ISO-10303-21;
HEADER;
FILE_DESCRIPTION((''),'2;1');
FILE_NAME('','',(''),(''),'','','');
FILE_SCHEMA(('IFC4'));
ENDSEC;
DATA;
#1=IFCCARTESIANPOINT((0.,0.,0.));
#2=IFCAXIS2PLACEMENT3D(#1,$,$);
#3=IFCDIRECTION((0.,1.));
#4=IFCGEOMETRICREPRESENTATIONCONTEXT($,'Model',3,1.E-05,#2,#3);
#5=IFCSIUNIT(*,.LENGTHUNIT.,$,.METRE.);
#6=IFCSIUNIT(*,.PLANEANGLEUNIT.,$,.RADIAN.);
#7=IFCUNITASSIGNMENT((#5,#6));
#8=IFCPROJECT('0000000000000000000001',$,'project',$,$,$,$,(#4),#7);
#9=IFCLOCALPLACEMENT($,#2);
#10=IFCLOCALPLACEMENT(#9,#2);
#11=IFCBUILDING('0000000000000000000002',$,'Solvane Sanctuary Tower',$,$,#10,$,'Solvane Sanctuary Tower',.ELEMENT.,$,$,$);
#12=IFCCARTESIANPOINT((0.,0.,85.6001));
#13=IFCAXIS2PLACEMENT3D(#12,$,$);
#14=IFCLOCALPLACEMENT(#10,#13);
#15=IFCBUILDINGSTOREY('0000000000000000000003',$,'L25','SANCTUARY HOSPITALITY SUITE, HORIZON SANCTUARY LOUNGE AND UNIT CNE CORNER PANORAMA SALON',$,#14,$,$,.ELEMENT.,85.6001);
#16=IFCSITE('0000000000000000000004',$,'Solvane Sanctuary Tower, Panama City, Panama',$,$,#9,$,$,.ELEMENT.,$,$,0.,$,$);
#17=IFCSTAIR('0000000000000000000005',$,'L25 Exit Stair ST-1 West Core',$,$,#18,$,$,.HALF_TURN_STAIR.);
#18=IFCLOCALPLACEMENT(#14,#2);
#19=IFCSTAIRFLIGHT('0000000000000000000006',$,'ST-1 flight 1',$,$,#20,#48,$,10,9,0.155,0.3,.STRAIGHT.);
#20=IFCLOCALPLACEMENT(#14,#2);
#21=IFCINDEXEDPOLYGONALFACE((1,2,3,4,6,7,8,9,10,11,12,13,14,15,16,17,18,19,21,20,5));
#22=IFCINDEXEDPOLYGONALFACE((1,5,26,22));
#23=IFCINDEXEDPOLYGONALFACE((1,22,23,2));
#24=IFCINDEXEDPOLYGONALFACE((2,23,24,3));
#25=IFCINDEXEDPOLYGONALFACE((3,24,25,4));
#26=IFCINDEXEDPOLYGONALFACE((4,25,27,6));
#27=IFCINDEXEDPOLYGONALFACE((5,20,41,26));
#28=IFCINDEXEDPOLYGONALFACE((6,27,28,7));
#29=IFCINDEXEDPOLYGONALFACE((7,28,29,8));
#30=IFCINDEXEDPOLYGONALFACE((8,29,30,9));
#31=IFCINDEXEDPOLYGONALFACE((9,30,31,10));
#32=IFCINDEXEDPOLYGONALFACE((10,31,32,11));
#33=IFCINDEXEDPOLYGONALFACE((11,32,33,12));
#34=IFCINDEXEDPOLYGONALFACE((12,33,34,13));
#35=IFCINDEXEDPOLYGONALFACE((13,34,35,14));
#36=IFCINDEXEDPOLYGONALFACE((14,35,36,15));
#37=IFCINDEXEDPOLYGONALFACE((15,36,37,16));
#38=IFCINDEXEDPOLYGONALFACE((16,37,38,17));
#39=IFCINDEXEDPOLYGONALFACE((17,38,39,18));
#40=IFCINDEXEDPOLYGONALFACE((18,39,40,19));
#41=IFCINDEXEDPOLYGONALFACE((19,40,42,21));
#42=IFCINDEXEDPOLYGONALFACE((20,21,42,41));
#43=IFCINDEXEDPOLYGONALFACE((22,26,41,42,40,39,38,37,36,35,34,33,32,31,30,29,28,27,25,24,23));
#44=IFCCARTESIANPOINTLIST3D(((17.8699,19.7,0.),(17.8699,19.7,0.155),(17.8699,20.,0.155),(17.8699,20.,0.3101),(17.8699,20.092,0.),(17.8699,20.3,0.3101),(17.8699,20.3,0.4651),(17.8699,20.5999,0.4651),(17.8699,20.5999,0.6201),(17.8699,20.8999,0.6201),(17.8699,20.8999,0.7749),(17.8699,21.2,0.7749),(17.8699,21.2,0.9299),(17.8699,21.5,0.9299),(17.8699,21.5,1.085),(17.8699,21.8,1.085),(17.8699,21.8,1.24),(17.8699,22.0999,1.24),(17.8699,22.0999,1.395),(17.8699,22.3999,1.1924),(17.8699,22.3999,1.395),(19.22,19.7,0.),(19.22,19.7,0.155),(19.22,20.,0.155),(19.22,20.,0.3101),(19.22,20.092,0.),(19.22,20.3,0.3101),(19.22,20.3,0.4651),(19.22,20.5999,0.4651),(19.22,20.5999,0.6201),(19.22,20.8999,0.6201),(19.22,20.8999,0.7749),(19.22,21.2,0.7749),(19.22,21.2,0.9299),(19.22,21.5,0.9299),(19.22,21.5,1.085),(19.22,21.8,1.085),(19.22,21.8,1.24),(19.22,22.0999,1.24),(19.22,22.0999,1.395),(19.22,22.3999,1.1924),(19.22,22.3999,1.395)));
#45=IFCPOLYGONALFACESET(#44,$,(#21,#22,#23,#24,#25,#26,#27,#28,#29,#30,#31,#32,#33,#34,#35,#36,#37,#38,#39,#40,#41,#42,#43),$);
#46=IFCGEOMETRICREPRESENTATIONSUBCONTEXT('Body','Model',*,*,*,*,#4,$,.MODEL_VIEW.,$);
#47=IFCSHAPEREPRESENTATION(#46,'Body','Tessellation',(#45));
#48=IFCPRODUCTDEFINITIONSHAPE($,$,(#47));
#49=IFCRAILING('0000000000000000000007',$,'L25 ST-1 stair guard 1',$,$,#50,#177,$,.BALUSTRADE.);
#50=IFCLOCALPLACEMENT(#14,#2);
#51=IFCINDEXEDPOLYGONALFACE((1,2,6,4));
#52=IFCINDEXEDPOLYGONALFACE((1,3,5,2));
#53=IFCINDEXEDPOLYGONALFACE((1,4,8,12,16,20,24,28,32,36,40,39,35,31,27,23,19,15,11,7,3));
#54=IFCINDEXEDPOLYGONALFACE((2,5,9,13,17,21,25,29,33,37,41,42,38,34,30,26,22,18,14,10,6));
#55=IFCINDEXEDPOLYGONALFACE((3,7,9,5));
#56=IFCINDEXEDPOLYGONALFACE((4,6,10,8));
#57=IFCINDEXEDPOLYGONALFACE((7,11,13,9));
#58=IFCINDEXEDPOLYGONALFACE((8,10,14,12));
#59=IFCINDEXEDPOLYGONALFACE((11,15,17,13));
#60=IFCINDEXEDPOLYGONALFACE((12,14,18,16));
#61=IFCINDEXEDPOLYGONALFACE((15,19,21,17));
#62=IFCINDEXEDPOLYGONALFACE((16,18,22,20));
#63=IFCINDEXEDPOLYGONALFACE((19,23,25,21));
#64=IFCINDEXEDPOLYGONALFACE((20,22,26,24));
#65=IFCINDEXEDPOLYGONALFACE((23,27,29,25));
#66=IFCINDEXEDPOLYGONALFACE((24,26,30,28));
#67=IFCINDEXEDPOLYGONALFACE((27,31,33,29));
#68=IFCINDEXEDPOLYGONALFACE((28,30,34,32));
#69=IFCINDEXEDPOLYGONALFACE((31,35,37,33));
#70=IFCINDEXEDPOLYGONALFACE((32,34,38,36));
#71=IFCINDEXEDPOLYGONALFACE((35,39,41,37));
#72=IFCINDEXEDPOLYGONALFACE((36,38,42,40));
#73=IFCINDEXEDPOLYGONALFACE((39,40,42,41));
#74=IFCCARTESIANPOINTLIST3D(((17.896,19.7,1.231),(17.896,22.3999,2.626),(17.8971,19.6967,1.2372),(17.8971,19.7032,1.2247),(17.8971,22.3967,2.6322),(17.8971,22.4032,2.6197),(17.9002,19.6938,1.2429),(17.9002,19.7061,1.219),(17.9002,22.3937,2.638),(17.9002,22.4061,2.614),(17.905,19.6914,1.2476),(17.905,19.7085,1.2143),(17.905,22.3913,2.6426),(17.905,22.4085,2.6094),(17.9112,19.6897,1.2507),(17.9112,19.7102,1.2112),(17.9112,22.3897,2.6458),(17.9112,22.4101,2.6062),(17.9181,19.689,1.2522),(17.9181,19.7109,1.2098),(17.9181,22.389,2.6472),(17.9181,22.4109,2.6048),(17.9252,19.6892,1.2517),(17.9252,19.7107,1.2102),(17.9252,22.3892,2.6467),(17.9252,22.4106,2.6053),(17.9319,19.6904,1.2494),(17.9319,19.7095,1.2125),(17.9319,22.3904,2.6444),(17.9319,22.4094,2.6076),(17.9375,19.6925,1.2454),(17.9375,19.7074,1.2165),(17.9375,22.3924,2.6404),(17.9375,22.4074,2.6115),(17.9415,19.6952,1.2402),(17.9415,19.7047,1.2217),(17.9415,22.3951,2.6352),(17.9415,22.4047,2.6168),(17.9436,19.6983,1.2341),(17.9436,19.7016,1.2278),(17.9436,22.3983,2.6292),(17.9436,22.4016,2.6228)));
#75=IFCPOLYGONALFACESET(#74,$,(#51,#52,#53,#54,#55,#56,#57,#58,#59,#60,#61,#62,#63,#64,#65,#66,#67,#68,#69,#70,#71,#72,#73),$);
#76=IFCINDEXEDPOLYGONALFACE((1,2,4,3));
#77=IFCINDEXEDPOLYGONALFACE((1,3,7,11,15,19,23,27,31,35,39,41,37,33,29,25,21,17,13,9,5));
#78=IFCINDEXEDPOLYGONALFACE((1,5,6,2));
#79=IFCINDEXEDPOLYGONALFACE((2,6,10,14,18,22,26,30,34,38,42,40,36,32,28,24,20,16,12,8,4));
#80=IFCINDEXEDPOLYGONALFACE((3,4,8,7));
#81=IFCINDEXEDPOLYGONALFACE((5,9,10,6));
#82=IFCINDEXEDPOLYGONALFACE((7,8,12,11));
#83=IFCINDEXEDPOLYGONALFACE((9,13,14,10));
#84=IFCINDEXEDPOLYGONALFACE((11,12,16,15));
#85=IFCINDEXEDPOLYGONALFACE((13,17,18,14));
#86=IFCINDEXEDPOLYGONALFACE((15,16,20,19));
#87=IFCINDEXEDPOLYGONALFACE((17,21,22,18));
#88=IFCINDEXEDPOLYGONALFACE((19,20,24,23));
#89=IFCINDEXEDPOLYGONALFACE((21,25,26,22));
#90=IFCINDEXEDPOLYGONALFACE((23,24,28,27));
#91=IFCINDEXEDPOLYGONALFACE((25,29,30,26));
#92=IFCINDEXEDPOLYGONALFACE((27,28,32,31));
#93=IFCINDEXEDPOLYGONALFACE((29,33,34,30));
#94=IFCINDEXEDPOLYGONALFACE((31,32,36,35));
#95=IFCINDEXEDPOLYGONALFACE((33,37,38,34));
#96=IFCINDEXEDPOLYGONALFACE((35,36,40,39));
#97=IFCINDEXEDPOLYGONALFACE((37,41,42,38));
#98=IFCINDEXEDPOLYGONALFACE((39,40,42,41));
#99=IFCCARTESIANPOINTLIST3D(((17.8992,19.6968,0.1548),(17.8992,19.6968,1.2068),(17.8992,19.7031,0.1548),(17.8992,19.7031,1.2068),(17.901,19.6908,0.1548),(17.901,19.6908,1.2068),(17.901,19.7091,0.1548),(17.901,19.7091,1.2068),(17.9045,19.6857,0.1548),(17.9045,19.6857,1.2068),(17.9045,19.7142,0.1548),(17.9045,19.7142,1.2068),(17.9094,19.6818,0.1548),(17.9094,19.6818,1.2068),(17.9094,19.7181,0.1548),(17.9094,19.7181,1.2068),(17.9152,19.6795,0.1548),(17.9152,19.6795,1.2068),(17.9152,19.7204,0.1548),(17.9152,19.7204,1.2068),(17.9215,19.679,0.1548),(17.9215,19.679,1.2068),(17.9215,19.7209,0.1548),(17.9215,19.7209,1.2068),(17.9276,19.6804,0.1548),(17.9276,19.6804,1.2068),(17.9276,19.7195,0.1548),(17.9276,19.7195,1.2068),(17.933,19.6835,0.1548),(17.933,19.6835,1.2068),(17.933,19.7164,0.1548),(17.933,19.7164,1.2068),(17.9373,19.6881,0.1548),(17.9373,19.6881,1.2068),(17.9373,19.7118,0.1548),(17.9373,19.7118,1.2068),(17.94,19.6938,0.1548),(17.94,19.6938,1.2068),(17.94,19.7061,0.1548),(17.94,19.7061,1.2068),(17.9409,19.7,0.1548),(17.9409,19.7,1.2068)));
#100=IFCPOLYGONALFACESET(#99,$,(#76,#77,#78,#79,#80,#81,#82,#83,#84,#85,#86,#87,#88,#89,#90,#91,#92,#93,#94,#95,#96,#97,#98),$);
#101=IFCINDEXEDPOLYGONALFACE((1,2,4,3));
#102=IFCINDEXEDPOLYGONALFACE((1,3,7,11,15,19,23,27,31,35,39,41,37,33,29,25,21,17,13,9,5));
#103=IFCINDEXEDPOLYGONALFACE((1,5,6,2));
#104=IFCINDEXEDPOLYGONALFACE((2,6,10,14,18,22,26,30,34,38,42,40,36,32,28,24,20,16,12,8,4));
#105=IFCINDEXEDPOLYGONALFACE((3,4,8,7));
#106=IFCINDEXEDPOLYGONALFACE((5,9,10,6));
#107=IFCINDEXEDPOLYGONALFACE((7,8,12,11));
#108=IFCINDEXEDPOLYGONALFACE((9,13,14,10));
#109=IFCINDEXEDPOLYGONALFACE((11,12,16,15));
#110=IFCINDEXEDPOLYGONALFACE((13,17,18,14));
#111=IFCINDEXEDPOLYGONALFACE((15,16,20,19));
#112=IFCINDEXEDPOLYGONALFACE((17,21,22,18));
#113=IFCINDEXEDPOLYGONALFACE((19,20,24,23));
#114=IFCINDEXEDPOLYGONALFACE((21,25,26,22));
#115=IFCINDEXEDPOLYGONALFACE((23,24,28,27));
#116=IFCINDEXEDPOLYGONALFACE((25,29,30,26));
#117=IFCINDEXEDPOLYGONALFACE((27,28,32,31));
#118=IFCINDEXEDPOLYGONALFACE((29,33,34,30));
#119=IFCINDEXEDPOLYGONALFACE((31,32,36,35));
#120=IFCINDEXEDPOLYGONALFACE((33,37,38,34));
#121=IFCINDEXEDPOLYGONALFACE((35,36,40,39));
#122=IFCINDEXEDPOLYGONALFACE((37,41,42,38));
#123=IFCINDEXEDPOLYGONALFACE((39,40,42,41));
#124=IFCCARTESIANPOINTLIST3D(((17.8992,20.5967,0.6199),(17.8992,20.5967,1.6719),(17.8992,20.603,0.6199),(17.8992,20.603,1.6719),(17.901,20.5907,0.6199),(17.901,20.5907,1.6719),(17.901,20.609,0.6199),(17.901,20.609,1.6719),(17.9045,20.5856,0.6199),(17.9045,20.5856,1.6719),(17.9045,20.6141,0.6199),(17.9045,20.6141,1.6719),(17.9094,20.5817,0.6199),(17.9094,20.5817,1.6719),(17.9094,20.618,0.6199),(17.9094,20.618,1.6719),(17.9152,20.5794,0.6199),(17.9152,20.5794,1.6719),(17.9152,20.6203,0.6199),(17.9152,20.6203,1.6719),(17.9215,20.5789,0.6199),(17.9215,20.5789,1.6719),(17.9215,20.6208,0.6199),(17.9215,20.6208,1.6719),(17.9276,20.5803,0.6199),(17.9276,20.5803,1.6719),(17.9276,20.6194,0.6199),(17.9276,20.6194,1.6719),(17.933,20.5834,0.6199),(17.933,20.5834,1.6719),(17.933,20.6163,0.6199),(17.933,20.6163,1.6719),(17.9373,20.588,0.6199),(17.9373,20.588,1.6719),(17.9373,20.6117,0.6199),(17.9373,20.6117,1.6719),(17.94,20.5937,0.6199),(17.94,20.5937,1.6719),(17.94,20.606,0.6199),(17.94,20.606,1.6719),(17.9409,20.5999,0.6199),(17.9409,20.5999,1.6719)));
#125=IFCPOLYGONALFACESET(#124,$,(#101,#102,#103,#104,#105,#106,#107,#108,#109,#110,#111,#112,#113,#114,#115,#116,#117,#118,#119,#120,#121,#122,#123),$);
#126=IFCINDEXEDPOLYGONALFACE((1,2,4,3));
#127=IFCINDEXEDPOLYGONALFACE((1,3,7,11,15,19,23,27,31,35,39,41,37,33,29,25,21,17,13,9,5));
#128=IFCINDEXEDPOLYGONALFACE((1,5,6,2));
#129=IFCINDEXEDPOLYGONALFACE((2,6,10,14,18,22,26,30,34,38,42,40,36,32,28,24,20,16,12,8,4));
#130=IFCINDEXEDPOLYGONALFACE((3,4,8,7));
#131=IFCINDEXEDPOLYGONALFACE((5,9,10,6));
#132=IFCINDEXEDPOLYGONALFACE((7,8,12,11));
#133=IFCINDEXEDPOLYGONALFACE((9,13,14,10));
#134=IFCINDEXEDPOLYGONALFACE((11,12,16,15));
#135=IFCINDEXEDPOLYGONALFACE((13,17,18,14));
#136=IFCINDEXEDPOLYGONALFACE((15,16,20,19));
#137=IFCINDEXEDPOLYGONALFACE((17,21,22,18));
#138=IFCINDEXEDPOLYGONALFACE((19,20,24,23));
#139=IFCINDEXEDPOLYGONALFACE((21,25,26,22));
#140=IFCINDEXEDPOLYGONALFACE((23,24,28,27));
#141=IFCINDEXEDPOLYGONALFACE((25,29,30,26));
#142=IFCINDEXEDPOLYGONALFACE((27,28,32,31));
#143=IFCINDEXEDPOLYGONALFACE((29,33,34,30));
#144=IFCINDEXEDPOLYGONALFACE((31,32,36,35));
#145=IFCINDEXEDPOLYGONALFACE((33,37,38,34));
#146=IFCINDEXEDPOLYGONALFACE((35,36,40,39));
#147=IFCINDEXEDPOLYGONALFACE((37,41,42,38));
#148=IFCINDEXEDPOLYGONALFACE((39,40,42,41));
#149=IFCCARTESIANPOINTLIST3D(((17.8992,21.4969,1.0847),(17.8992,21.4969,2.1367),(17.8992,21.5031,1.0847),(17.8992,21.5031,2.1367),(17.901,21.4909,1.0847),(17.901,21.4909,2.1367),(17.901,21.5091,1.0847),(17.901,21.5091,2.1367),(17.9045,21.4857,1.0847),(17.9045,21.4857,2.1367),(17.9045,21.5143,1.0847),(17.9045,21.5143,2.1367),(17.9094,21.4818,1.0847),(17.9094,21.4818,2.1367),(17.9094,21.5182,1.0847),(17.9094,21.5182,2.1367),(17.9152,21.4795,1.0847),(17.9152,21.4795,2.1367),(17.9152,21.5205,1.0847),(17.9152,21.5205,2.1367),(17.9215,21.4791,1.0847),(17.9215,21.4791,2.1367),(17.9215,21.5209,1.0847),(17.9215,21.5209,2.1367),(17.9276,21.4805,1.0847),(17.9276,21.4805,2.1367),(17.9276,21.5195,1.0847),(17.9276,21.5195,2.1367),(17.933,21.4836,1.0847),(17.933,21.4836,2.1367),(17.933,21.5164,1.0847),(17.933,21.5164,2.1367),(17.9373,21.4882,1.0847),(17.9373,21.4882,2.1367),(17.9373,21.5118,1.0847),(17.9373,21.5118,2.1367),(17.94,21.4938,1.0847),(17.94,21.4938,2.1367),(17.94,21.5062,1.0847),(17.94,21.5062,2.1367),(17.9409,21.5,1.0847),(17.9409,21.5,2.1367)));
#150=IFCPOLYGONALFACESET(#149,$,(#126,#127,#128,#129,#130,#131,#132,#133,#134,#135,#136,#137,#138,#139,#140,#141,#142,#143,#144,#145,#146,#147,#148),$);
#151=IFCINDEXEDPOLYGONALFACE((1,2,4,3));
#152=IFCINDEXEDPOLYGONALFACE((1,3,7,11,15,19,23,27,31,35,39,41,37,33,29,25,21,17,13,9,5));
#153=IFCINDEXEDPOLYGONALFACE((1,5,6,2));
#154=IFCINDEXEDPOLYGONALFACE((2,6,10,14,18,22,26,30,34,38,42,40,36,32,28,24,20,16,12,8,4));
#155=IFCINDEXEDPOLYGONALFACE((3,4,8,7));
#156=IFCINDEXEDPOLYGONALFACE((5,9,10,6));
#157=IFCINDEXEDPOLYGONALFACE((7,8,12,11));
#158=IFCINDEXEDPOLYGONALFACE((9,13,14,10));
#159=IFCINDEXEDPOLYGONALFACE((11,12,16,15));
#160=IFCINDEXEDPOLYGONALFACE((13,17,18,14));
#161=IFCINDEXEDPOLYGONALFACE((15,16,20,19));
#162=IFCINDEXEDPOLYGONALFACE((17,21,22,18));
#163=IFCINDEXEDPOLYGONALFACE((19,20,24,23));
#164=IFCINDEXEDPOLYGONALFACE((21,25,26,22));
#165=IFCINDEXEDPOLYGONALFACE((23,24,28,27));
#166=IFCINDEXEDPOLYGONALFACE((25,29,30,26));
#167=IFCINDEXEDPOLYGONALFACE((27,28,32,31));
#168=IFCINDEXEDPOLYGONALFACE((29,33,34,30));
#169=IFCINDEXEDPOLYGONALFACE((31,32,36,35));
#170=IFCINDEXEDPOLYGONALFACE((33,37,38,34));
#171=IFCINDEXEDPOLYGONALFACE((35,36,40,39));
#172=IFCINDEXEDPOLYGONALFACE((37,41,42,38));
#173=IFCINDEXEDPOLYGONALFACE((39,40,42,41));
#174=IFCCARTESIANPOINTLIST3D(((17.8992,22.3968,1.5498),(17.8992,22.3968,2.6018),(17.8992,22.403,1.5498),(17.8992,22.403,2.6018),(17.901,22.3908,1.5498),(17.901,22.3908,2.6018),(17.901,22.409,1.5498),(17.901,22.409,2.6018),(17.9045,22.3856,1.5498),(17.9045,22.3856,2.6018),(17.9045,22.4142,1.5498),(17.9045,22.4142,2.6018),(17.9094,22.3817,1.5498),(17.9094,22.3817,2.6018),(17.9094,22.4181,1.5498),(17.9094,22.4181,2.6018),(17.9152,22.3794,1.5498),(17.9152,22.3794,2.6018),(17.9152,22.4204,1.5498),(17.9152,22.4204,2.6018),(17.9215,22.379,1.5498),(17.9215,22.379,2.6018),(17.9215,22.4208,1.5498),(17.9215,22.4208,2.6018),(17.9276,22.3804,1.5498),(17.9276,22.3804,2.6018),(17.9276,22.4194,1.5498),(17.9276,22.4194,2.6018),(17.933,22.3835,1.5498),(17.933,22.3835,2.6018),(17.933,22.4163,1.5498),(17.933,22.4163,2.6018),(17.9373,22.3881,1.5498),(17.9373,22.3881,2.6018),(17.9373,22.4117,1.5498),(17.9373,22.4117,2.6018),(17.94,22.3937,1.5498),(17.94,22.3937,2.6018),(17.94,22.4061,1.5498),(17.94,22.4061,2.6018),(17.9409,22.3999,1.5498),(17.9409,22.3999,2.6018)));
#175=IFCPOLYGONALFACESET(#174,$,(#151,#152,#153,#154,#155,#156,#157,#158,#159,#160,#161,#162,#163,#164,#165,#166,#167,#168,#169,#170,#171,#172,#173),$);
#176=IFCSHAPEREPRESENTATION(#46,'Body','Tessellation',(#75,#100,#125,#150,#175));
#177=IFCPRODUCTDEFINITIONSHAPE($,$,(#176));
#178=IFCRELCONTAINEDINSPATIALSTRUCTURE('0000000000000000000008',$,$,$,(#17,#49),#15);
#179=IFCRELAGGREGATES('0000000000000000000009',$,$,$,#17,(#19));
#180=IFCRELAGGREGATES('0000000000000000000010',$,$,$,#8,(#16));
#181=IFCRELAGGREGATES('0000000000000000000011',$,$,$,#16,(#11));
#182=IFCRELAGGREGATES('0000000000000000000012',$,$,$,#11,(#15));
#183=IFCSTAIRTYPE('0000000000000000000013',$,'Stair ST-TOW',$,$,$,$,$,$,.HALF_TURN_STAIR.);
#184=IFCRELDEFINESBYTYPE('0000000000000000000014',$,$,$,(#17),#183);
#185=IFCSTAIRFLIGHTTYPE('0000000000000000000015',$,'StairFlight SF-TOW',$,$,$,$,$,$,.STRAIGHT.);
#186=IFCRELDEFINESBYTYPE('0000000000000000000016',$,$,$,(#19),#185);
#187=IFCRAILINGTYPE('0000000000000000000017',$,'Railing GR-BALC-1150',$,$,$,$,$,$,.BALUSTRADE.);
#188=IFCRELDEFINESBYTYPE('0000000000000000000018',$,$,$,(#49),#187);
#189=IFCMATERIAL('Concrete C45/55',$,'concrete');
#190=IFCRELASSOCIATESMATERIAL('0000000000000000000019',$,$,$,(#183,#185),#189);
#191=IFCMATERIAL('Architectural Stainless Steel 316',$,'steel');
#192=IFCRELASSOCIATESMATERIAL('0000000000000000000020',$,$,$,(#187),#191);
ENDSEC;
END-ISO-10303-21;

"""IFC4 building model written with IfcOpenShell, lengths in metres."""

from ifc_helpers import new_model, si_unit, direction, frame, origin, origin_2d, place, context, subcontext, project, spatial, polyline, circle, outline, extrude, material, type_object, element, aggregate, save


model = new_model("IFC4")

# Units and contexts
model_context = context("Model", 3, precision=1e-05, world=origin(), true_north=direction((0.0, 1.0)))
body_context = subcontext(model_context, "Body", "Model", "MODEL_VIEW")
ifc_project = project(units=[si_unit("LENGTHUNIT", "METRE"), si_unit("PLANEANGLEUNIT", "RADIAN")], contexts=[model_context])

# Site, building, storey
site_placement = place(None, origin())
site = spatial("IfcSite", under=ifc_project, at=site_placement, Name="Solvane Sanctuary Tower, Panama City, Panama", CompositionType="ELEMENT", RefElevation=0.0)
building_placement = place(site_placement, origin())
building = spatial("IfcBuilding", under=site, at=building_placement, Name="Solvane Sanctuary Tower", LongName="Solvane Sanctuary Tower", CompositionType="ELEMENT")
storey_placement = place(building_placement, frame((0.0, 0.0, 85.6001)))
storey = spatial("IfcBuildingStorey", under=building, at=storey_placement, Name="L25", Description="SANCTUARY HOSPITALITY SUITE, HORIZON SANCTUARY LOUNGE AND UNIT CNE CORNER PANORAMA SALON", CompositionType="ELEMENT", Elevation=85.6001)

# Shared definitions
ifc_material_1 = material(Name="Architectural Stainless Steel 316", Category="steel")

# Stair, stair flight
ifc_material_2 = material(Name="Concrete C45/55", Category="concrete")
stair_type = type_object("IfcStairType", Name="Stair ST-TOW", PredefinedType="HALF_TURN_STAIR", material=ifc_material_2)
stair_placement = place(storey_placement, origin())
stair = element("IfcStair", 1, at=stair_placement, inside=storey, type_object=stair_type, Name="L25 Exit Stair ST-1 West Core", PredefinedType="HALF_TURN_STAIR")
stair_flight_type = type_object("IfcStairFlightType", Name="StairFlight SF-TOW", PredefinedType="STRAIGHT", material=ifc_material_2)
stair_flight_placement = place(storey_placement, frame((18.5449, 19.7, 0.0), z_axis=(0.0, 0.0, 1.0), x_axis=(0.0, 1.0, 0.0)))
stair_flight = element("IfcStairFlight", 2, at=stair_flight_placement, type_object=stair_flight_type, Name="ST-1 flight 1", NumberOfRisers=10, NumberOfTreads=9, PredefinedType="STRAIGHT", RiserHeight=0.155, TreadLength=0.3, context=body_context, shape_type="SweptSolid", body=[
    extrude(outline(polyline([(0.0, 0.0), (0.0, 0.155), (0.3, 0.155), (0.3, 0.3101), (0.6001, 0.3101), (0.6001, 0.4651), (0.8999, 0.4651), (0.8999, 0.6201), (1.2, 0.6201), (1.2, 0.7749), (1.5, 0.7749), (1.5, 0.9299), (1.8, 0.9299), (1.8, 1.085), (2.1001, 1.085), (2.1001, 1.24), (2.3999, 1.24), (2.3999, 1.395), (2.7, 1.395), (2.7, 1.55), (2.7, 1.1924), (0.3921, 0.0), (0.0, 0.0)])), frame((0.0, 0.675, 0.0), z_axis=(0.0, -1.0, 0.0), x_axis=(1.0, 0.0, 0.0)), (0.0, 0.0, 1.0), 1.3501),
])
aggregate(stair, [stair_flight])

# Railing
railing_type_1 = type_object("IfcRailingType", Name="Railing GR-BALC-1150", PredefinedType="BALUSTRADE", material=ifc_material_1)
railing_1_placement = place(storey_placement, frame((17.9199, 19.7, 0.1548)))
element("IfcRailing", 3, at=railing_1_placement, inside=storey, type_object=railing_type_1, Name="L25 ST-1 stair guard 1", PredefinedType="BALUSTRADE", context=body_context, shape_type="SweptSolid", body=[
    extrude(circle(Radius=0.0239, at=origin_2d()), frame((0.0, 0.0, 1.0762), z_axis=(0.0, 0.88842, 0.459032), x_axis=(-1.0, 0.0, 0.0)), (0.0, 0.0, 1.0), 3.0391),
    extrude(circle(Radius=0.021, at=origin_2d()), origin(), (0.0, 0.0, 1.0), 1.052),
    extrude(circle(Radius=0.021, at=origin_2d()), frame((0.0, 0.8999, 0.4651)), (0.0, 0.0, 1.0), 1.052),
    extrude(circle(Radius=0.021, at=origin_2d()), frame((0.0, 1.8, 0.9299)), (0.0, 0.0, 1.0), 1.052),
    extrude(circle(Radius=0.021, at=origin_2d()), frame((0.0, 2.7, 1.395)), (0.0, 0.0, 1.0), 1.052),
])

save(model, "model.ifc")
